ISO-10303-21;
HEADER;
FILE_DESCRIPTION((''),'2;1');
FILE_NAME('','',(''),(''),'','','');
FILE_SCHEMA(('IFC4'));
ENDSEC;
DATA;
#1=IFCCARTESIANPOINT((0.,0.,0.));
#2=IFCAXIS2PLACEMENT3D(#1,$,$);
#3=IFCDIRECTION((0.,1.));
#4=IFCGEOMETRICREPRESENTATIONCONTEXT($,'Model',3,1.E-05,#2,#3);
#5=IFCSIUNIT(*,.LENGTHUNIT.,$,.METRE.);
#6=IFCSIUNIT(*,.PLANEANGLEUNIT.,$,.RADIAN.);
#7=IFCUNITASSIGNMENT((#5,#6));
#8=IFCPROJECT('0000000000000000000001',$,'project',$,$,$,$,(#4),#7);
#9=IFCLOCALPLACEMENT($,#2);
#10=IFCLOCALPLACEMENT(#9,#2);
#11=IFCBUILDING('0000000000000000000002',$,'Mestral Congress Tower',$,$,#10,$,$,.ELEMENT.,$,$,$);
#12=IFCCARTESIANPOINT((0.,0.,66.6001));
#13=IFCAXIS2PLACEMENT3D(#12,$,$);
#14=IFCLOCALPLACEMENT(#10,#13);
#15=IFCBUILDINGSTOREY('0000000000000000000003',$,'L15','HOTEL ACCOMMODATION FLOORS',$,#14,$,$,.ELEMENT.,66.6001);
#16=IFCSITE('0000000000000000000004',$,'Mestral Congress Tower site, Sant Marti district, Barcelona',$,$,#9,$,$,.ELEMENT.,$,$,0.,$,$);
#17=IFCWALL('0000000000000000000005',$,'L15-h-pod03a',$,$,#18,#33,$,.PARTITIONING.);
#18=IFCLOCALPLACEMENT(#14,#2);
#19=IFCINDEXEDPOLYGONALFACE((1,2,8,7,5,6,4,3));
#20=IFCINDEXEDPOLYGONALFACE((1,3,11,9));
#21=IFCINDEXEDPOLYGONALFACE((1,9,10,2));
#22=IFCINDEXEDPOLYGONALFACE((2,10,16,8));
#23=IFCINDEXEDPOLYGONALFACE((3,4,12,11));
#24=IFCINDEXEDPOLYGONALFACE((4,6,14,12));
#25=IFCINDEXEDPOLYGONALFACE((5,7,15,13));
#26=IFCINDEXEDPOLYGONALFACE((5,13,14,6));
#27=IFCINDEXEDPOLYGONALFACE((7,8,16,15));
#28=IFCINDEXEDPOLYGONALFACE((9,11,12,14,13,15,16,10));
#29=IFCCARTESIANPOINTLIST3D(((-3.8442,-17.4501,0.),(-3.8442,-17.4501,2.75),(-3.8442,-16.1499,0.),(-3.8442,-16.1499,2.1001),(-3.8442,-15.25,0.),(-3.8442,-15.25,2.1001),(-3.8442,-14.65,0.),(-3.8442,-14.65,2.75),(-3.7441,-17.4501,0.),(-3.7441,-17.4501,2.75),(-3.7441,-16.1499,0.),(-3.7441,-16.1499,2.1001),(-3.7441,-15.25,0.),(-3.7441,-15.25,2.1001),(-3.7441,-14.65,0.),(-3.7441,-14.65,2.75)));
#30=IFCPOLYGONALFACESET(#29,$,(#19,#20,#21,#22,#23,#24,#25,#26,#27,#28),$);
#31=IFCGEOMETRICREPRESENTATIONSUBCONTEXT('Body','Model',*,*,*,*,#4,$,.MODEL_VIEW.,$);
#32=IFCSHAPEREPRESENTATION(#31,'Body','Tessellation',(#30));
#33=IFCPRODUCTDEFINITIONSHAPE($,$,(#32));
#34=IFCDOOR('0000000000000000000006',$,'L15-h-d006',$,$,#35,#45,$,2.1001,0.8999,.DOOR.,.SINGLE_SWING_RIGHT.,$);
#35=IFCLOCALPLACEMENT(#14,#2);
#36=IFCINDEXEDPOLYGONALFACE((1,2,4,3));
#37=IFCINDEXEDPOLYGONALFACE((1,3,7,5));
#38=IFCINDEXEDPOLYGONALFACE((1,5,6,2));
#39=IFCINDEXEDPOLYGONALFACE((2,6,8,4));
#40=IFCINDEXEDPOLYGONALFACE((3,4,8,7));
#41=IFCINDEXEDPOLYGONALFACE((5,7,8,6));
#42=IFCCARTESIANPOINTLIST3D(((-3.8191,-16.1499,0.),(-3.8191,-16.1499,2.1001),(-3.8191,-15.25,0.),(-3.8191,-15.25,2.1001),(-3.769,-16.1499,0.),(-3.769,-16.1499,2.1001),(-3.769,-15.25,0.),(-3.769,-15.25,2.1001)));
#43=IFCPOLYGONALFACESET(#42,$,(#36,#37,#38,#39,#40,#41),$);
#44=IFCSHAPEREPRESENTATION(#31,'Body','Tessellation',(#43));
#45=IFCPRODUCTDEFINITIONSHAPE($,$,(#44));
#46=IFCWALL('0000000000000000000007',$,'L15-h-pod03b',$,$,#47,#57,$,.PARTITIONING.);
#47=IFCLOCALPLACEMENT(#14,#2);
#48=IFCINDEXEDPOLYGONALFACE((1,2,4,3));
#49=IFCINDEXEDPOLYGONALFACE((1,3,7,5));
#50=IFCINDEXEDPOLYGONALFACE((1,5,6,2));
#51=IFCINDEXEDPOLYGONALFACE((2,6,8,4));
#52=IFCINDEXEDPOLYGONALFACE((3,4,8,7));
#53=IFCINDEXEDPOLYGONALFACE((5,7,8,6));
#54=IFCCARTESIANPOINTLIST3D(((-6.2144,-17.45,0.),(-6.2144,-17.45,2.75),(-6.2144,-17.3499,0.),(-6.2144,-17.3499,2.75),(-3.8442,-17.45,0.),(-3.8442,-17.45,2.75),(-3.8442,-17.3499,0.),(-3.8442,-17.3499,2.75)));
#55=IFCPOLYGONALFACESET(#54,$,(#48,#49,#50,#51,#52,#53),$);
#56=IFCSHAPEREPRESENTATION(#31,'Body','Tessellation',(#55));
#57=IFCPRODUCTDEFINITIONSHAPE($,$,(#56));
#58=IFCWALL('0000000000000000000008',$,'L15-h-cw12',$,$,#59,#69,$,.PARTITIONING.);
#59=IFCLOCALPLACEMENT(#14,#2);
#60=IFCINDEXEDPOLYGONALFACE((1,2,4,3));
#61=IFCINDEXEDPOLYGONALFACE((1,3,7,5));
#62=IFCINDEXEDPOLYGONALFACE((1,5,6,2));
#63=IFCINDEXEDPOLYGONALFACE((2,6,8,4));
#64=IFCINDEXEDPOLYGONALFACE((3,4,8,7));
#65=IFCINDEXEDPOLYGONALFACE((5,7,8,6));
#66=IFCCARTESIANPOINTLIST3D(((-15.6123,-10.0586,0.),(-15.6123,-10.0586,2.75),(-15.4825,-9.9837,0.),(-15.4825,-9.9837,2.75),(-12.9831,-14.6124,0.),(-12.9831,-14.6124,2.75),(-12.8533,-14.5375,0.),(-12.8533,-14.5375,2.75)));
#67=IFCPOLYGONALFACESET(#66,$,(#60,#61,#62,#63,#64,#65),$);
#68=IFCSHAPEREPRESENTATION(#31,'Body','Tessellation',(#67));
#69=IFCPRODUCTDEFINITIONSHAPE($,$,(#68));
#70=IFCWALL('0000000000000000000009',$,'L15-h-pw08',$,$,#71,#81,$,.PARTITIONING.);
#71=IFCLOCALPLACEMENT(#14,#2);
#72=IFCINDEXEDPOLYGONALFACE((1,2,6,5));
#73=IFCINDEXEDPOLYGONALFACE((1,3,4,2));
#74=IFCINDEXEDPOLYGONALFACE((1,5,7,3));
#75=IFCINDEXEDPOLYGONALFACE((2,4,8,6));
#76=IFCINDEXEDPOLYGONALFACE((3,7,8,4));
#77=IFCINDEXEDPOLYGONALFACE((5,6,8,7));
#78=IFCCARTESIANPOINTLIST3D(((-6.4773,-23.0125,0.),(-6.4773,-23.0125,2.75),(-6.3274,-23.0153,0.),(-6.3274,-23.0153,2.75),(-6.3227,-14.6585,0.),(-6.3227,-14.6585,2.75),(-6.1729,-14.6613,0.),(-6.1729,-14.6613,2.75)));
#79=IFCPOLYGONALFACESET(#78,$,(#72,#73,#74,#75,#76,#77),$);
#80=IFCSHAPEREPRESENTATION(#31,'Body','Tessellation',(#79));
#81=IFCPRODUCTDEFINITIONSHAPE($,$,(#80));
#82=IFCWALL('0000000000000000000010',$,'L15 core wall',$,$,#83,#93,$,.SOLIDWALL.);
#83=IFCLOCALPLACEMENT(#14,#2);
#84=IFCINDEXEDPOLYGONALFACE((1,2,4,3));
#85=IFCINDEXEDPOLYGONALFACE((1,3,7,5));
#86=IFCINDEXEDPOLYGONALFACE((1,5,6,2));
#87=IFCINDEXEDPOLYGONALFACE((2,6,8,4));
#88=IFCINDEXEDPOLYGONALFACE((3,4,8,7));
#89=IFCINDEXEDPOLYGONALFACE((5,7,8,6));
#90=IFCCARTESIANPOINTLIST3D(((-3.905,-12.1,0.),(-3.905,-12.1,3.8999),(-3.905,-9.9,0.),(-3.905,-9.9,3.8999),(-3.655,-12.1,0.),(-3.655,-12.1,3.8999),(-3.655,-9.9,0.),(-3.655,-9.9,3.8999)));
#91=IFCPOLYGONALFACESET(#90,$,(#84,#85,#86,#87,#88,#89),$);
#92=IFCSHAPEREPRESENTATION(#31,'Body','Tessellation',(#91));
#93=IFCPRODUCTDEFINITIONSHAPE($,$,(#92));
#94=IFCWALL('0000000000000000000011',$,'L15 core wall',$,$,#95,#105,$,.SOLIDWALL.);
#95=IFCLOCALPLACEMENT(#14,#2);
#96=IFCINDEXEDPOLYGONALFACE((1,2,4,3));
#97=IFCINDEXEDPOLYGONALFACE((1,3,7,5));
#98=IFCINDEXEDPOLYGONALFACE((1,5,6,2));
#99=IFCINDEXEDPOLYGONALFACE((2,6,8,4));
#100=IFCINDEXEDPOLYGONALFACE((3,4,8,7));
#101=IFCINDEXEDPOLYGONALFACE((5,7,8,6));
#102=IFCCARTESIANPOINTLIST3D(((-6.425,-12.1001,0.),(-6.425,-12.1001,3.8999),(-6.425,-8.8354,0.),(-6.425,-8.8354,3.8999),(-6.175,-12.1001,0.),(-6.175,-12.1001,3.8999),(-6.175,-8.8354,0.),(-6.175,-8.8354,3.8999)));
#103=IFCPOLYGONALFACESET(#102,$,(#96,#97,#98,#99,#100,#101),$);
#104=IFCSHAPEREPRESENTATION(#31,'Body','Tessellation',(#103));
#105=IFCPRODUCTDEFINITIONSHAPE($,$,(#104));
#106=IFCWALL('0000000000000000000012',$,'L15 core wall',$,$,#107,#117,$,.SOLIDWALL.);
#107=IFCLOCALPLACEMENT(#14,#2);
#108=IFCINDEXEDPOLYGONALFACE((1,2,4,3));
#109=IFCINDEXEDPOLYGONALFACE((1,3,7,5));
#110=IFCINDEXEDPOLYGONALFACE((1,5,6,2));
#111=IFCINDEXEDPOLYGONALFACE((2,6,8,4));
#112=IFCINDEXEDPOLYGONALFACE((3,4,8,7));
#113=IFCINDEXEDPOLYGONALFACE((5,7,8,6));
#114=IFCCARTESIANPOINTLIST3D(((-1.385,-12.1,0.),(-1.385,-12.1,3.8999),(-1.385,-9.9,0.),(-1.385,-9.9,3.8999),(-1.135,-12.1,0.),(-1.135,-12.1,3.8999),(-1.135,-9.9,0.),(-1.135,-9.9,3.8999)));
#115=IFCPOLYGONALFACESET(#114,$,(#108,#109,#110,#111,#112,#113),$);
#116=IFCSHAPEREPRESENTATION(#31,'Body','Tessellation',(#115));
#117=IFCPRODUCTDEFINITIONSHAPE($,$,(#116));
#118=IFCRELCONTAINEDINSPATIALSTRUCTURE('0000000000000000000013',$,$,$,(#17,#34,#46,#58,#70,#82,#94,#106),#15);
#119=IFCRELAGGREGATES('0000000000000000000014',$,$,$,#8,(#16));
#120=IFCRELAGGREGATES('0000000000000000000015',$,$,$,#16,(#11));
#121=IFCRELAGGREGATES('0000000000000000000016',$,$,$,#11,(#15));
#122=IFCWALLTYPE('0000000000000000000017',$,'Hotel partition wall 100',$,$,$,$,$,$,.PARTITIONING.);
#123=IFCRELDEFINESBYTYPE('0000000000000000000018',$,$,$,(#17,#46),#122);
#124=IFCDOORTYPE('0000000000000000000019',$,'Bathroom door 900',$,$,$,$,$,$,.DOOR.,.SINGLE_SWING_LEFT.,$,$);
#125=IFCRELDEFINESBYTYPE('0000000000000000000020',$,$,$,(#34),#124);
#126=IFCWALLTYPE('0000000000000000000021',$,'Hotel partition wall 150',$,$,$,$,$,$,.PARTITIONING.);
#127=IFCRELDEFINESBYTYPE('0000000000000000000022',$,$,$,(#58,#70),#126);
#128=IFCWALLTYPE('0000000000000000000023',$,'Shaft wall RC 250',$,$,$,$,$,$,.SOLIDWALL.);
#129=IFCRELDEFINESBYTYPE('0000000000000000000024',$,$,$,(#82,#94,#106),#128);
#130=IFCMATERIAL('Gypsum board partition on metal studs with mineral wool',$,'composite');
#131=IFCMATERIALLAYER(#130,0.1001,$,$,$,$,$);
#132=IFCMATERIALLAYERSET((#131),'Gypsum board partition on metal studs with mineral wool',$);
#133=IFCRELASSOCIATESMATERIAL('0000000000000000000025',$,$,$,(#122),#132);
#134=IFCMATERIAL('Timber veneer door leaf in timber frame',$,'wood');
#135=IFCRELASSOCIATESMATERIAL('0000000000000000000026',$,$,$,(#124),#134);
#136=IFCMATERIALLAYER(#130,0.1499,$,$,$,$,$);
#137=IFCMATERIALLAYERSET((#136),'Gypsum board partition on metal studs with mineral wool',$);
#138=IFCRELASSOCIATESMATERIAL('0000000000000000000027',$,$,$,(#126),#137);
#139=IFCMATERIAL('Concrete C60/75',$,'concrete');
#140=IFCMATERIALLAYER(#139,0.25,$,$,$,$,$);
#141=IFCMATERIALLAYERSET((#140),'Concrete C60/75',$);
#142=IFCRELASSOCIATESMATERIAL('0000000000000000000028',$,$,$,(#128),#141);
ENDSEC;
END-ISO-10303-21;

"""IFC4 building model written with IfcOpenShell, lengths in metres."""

from ifc_helpers import new_model, si_unit, direction, frame, frame_2d, origin, place, context, subcontext, project, spatial, rectangle, extrude, material, layer, layer_set, type_object, element, fill, save


model = new_model("IFC4")

# Units and contexts
model_context = context("Model", 3, precision=1e-05, world=origin(), true_north=direction((0.0, 1.0)))
body_context = subcontext(model_context, "Body", "Model", "MODEL_VIEW")
ifc_project = project(units=[si_unit("LENGTHUNIT", "METRE"), si_unit("PLANEANGLEUNIT", "RADIAN")], contexts=[model_context])

# Site, building, storey
site_placement = place(None, origin())
site = spatial("IfcSite", under=ifc_project, at=site_placement, Name="Mestral Congress Tower site, Sant Marti district, Barcelona", CompositionType="ELEMENT", RefElevation=0.0)
building_placement = place(site_placement, origin())
building = spatial("IfcBuilding", under=site, at=building_placement, Name="Mestral Congress Tower", CompositionType="ELEMENT")
storey_placement = place(building_placement, frame((0.0, 0.0, 66.6001)))
storey = spatial("IfcBuildingStorey", under=building, at=storey_placement, Name="L15", Description="HOTEL ACCOMMODATION FLOORS", CompositionType="ELEMENT", Elevation=66.6001)

# Shared definitions
ifc_material_1 = material(Name="Concrete C60/75", Category="concrete")

# Shared definitions
ifc_material_2 = material(Name="Gypsum board partition on metal studs with mineral wool", Category="composite")
ifc_layer_1 = layer(ifc_material_2, 0.1001)
ifc_layer_set_1 = layer_set([ifc_layer_1], Name="Gypsum board partition on metal studs with mineral wool")
wall_type_1 = type_object("IfcWallType", Name="Hotel partition wall 100", PredefinedType="PARTITIONING", material=ifc_layer_set_1)
ifc_material_3 = material(Name="Timber veneer door leaf in timber frame", Category="wood")
door_type = type_object("IfcDoorType", Name="Bathroom door 900", OperationType="SINGLE_SWING_LEFT", PredefinedType="DOOR", material=ifc_material_3)

# Wall, opening, door
wall_1_placement = place(storey_placement, frame((-3.7942, -17.45, 0.0), z_axis=(0.0, 0.0, 1.0), x_axis=(0.0, 1.0, 0.0)))
wall_1 = element("IfcWall", 1, at=wall_1_placement, inside=storey, type_object=wall_type_1, Name="L15-h-pod03a", PredefinedType="PARTITIONING", context=body_context, shape_type="SweptSolid", body=[
    extrude(rectangle(XDim=2.8, YDim=0.1001, at=frame_2d((1.3999, 0.0))), origin(), (0.0, 0.0, 1.0), 2.75),
])
opening_1_placement = place(wall_1_placement, frame((1.3, 0.0, 0.0)))
opening_1 = element("IfcOpeningElement", 2, at=opening_1_placement, cuts=wall_1, PredefinedType="OPENING", context=body_context, shape_type="SweptSolid", body=[
    extrude(rectangle(XDim=0.8999, YDim=2.1001, at=frame_2d((0.45, 1.05))), frame((0.0, 0.0601, 0.0), z_axis=(0.0, -1.0, 0.0), x_axis=(1.0, 0.0, 0.0)), (0.0, 0.0, 1.0), 0.1201),
])
door_1_placement = place(opening_1_placement, origin())
door_1 = element("IfcDoor", 3, at=door_1_placement, inside=storey, type_object=door_type, Name="L15-h-d006", OperationType="SINGLE_SWING_RIGHT", OverallHeight=2.1001, OverallWidth=0.8999, PredefinedType="DOOR", context=body_context, shape_type="SweptSolid", body=[
    extrude(rectangle(XDim=0.8999, YDim=2.1001, at=frame_2d((0.45, 1.05))), frame((0.0, 0.0249, 0.0), z_axis=(0.0, -1.0, 0.0), x_axis=(1.0, 0.0, 0.0)), (0.0, 0.0, 1.0), 0.05),
])
fill(opening_1, door_1)

# Walls
wall_2_placement = place(storey_placement, frame((-3.8442, -17.3999, 0.0), z_axis=(0.0, 0.0, 1.0), x_axis=(-1.0, 0.0, 0.0)))
element("IfcWall", 4, at=wall_2_placement, inside=storey, type_object=wall_type_1, Name="L15-h-pod03b", PredefinedType="PARTITIONING", context=body_context, shape_type="SweptSolid", body=[
    extrude(rectangle(XDim=2.3701, YDim=0.1001, at=frame_2d((1.1851, 0.0))), origin(), (0.0, 0.0, 1.0), 2.75),
])
ifc_layer_2 = layer(ifc_material_2, 0.1499)
ifc_layer_set_2 = layer_set([ifc_layer_2], Name="Gypsum board partition on metal studs with mineral wool")
wall_type_2 = type_object("IfcWallType", Name="Hotel partition wall 150", PredefinedType="PARTITIONING", material=ifc_layer_set_2)
wall_3_placement = place(storey_placement, frame((-12.9182, -14.575, 0.0), z_axis=(0.0, 0.0, 1.0), x_axis=(-0.500009, 0.86602, 0.0)))
element("IfcWall", 5, at=wall_3_placement, inside=storey, type_object=wall_type_2, Name="L15-h-cw12", PredefinedType="PARTITIONING", context=body_context, shape_type="SweptSolid", body=[
    extrude(rectangle(XDim=5.2583, YDim=0.1499, at=frame_2d((2.6292, 0.0))), origin(), (0.0, 0.0, 1.0), 2.75),
])
wall_4_placement = place(storey_placement, frame((-6.4023, -23.0139, 0.0), z_axis=(0.0, 0.0, 1.0), x_axis=(0.018496, 0.999829, 0.0)))
element("IfcWall", 6, at=wall_4_placement, inside=storey, type_object=wall_type_2, Name="L15-h-pw08", PredefinedType="PARTITIONING", context=body_context, shape_type="SweptSolid", body=[
    extrude(rectangle(XDim=8.3555, YDim=0.1499, at=frame_2d((4.1777, 0.0))), origin(), (0.0, 0.0, 1.0), 2.75),
])
ifc_layer_3 = layer(ifc_material_1, 0.25)
ifc_layer_set_3 = layer_set([ifc_layer_3], Name="Concrete C60/75")
wall_type_3 = type_object("IfcWallType", Name="Shaft wall RC 250", PredefinedType="SOLIDWALL", material=ifc_layer_set_3)
wall_5_placement = place(storey_placement, frame((-3.78, -12.1001, 0.0), z_axis=(0.0, 0.0, 1.0), x_axis=(0.0, 1.0, 0.0)))
element("IfcWall", 7, at=wall_5_placement, inside=storey, type_object=wall_type_3, Name="L15 core wall", PredefinedType="SOLIDWALL", context=body_context, shape_type="SweptSolid", body=[
    extrude(rectangle(XDim=2.2, YDim=0.25, at=frame_2d((1.1001, 0.0))), origin(), (0.0, 0.0, 1.0), 3.8999),
])
wall_6_placement = place(storey_placement, frame((-6.3, -12.1001, 0.0), z_axis=(0.0, 0.0, 1.0), x_axis=(0.0, 1.0, 0.0)))
element("IfcWall", 8, at=wall_6_placement, inside=storey, type_object=wall_type_3, Name="L15 core wall", PredefinedType="SOLIDWALL", context=body_context, shape_type="SweptSolid", body=[
    extrude(rectangle(XDim=3.2646, YDim=0.25, at=frame_2d((1.6323, 0.0))), origin(), (0.0, 0.0, 1.0), 3.8999),
])
wall_7_placement = place(storey_placement, frame((-1.26, -12.1001, 0.0), z_axis=(0.0, 0.0, 1.0), x_axis=(0.0, 1.0, 0.0)))
element("IfcWall", 9, at=wall_7_placement, inside=storey, type_object=wall_type_3, Name="L15 core wall", PredefinedType="SOLIDWALL", context=body_context, shape_type="SweptSolid", body=[
    extrude(rectangle(XDim=2.2, YDim=0.25, at=frame_2d((1.1001, 0.0))), origin(), (0.0, 0.0, 1.0), 3.8999),
])

save(model, "model.ifc")
